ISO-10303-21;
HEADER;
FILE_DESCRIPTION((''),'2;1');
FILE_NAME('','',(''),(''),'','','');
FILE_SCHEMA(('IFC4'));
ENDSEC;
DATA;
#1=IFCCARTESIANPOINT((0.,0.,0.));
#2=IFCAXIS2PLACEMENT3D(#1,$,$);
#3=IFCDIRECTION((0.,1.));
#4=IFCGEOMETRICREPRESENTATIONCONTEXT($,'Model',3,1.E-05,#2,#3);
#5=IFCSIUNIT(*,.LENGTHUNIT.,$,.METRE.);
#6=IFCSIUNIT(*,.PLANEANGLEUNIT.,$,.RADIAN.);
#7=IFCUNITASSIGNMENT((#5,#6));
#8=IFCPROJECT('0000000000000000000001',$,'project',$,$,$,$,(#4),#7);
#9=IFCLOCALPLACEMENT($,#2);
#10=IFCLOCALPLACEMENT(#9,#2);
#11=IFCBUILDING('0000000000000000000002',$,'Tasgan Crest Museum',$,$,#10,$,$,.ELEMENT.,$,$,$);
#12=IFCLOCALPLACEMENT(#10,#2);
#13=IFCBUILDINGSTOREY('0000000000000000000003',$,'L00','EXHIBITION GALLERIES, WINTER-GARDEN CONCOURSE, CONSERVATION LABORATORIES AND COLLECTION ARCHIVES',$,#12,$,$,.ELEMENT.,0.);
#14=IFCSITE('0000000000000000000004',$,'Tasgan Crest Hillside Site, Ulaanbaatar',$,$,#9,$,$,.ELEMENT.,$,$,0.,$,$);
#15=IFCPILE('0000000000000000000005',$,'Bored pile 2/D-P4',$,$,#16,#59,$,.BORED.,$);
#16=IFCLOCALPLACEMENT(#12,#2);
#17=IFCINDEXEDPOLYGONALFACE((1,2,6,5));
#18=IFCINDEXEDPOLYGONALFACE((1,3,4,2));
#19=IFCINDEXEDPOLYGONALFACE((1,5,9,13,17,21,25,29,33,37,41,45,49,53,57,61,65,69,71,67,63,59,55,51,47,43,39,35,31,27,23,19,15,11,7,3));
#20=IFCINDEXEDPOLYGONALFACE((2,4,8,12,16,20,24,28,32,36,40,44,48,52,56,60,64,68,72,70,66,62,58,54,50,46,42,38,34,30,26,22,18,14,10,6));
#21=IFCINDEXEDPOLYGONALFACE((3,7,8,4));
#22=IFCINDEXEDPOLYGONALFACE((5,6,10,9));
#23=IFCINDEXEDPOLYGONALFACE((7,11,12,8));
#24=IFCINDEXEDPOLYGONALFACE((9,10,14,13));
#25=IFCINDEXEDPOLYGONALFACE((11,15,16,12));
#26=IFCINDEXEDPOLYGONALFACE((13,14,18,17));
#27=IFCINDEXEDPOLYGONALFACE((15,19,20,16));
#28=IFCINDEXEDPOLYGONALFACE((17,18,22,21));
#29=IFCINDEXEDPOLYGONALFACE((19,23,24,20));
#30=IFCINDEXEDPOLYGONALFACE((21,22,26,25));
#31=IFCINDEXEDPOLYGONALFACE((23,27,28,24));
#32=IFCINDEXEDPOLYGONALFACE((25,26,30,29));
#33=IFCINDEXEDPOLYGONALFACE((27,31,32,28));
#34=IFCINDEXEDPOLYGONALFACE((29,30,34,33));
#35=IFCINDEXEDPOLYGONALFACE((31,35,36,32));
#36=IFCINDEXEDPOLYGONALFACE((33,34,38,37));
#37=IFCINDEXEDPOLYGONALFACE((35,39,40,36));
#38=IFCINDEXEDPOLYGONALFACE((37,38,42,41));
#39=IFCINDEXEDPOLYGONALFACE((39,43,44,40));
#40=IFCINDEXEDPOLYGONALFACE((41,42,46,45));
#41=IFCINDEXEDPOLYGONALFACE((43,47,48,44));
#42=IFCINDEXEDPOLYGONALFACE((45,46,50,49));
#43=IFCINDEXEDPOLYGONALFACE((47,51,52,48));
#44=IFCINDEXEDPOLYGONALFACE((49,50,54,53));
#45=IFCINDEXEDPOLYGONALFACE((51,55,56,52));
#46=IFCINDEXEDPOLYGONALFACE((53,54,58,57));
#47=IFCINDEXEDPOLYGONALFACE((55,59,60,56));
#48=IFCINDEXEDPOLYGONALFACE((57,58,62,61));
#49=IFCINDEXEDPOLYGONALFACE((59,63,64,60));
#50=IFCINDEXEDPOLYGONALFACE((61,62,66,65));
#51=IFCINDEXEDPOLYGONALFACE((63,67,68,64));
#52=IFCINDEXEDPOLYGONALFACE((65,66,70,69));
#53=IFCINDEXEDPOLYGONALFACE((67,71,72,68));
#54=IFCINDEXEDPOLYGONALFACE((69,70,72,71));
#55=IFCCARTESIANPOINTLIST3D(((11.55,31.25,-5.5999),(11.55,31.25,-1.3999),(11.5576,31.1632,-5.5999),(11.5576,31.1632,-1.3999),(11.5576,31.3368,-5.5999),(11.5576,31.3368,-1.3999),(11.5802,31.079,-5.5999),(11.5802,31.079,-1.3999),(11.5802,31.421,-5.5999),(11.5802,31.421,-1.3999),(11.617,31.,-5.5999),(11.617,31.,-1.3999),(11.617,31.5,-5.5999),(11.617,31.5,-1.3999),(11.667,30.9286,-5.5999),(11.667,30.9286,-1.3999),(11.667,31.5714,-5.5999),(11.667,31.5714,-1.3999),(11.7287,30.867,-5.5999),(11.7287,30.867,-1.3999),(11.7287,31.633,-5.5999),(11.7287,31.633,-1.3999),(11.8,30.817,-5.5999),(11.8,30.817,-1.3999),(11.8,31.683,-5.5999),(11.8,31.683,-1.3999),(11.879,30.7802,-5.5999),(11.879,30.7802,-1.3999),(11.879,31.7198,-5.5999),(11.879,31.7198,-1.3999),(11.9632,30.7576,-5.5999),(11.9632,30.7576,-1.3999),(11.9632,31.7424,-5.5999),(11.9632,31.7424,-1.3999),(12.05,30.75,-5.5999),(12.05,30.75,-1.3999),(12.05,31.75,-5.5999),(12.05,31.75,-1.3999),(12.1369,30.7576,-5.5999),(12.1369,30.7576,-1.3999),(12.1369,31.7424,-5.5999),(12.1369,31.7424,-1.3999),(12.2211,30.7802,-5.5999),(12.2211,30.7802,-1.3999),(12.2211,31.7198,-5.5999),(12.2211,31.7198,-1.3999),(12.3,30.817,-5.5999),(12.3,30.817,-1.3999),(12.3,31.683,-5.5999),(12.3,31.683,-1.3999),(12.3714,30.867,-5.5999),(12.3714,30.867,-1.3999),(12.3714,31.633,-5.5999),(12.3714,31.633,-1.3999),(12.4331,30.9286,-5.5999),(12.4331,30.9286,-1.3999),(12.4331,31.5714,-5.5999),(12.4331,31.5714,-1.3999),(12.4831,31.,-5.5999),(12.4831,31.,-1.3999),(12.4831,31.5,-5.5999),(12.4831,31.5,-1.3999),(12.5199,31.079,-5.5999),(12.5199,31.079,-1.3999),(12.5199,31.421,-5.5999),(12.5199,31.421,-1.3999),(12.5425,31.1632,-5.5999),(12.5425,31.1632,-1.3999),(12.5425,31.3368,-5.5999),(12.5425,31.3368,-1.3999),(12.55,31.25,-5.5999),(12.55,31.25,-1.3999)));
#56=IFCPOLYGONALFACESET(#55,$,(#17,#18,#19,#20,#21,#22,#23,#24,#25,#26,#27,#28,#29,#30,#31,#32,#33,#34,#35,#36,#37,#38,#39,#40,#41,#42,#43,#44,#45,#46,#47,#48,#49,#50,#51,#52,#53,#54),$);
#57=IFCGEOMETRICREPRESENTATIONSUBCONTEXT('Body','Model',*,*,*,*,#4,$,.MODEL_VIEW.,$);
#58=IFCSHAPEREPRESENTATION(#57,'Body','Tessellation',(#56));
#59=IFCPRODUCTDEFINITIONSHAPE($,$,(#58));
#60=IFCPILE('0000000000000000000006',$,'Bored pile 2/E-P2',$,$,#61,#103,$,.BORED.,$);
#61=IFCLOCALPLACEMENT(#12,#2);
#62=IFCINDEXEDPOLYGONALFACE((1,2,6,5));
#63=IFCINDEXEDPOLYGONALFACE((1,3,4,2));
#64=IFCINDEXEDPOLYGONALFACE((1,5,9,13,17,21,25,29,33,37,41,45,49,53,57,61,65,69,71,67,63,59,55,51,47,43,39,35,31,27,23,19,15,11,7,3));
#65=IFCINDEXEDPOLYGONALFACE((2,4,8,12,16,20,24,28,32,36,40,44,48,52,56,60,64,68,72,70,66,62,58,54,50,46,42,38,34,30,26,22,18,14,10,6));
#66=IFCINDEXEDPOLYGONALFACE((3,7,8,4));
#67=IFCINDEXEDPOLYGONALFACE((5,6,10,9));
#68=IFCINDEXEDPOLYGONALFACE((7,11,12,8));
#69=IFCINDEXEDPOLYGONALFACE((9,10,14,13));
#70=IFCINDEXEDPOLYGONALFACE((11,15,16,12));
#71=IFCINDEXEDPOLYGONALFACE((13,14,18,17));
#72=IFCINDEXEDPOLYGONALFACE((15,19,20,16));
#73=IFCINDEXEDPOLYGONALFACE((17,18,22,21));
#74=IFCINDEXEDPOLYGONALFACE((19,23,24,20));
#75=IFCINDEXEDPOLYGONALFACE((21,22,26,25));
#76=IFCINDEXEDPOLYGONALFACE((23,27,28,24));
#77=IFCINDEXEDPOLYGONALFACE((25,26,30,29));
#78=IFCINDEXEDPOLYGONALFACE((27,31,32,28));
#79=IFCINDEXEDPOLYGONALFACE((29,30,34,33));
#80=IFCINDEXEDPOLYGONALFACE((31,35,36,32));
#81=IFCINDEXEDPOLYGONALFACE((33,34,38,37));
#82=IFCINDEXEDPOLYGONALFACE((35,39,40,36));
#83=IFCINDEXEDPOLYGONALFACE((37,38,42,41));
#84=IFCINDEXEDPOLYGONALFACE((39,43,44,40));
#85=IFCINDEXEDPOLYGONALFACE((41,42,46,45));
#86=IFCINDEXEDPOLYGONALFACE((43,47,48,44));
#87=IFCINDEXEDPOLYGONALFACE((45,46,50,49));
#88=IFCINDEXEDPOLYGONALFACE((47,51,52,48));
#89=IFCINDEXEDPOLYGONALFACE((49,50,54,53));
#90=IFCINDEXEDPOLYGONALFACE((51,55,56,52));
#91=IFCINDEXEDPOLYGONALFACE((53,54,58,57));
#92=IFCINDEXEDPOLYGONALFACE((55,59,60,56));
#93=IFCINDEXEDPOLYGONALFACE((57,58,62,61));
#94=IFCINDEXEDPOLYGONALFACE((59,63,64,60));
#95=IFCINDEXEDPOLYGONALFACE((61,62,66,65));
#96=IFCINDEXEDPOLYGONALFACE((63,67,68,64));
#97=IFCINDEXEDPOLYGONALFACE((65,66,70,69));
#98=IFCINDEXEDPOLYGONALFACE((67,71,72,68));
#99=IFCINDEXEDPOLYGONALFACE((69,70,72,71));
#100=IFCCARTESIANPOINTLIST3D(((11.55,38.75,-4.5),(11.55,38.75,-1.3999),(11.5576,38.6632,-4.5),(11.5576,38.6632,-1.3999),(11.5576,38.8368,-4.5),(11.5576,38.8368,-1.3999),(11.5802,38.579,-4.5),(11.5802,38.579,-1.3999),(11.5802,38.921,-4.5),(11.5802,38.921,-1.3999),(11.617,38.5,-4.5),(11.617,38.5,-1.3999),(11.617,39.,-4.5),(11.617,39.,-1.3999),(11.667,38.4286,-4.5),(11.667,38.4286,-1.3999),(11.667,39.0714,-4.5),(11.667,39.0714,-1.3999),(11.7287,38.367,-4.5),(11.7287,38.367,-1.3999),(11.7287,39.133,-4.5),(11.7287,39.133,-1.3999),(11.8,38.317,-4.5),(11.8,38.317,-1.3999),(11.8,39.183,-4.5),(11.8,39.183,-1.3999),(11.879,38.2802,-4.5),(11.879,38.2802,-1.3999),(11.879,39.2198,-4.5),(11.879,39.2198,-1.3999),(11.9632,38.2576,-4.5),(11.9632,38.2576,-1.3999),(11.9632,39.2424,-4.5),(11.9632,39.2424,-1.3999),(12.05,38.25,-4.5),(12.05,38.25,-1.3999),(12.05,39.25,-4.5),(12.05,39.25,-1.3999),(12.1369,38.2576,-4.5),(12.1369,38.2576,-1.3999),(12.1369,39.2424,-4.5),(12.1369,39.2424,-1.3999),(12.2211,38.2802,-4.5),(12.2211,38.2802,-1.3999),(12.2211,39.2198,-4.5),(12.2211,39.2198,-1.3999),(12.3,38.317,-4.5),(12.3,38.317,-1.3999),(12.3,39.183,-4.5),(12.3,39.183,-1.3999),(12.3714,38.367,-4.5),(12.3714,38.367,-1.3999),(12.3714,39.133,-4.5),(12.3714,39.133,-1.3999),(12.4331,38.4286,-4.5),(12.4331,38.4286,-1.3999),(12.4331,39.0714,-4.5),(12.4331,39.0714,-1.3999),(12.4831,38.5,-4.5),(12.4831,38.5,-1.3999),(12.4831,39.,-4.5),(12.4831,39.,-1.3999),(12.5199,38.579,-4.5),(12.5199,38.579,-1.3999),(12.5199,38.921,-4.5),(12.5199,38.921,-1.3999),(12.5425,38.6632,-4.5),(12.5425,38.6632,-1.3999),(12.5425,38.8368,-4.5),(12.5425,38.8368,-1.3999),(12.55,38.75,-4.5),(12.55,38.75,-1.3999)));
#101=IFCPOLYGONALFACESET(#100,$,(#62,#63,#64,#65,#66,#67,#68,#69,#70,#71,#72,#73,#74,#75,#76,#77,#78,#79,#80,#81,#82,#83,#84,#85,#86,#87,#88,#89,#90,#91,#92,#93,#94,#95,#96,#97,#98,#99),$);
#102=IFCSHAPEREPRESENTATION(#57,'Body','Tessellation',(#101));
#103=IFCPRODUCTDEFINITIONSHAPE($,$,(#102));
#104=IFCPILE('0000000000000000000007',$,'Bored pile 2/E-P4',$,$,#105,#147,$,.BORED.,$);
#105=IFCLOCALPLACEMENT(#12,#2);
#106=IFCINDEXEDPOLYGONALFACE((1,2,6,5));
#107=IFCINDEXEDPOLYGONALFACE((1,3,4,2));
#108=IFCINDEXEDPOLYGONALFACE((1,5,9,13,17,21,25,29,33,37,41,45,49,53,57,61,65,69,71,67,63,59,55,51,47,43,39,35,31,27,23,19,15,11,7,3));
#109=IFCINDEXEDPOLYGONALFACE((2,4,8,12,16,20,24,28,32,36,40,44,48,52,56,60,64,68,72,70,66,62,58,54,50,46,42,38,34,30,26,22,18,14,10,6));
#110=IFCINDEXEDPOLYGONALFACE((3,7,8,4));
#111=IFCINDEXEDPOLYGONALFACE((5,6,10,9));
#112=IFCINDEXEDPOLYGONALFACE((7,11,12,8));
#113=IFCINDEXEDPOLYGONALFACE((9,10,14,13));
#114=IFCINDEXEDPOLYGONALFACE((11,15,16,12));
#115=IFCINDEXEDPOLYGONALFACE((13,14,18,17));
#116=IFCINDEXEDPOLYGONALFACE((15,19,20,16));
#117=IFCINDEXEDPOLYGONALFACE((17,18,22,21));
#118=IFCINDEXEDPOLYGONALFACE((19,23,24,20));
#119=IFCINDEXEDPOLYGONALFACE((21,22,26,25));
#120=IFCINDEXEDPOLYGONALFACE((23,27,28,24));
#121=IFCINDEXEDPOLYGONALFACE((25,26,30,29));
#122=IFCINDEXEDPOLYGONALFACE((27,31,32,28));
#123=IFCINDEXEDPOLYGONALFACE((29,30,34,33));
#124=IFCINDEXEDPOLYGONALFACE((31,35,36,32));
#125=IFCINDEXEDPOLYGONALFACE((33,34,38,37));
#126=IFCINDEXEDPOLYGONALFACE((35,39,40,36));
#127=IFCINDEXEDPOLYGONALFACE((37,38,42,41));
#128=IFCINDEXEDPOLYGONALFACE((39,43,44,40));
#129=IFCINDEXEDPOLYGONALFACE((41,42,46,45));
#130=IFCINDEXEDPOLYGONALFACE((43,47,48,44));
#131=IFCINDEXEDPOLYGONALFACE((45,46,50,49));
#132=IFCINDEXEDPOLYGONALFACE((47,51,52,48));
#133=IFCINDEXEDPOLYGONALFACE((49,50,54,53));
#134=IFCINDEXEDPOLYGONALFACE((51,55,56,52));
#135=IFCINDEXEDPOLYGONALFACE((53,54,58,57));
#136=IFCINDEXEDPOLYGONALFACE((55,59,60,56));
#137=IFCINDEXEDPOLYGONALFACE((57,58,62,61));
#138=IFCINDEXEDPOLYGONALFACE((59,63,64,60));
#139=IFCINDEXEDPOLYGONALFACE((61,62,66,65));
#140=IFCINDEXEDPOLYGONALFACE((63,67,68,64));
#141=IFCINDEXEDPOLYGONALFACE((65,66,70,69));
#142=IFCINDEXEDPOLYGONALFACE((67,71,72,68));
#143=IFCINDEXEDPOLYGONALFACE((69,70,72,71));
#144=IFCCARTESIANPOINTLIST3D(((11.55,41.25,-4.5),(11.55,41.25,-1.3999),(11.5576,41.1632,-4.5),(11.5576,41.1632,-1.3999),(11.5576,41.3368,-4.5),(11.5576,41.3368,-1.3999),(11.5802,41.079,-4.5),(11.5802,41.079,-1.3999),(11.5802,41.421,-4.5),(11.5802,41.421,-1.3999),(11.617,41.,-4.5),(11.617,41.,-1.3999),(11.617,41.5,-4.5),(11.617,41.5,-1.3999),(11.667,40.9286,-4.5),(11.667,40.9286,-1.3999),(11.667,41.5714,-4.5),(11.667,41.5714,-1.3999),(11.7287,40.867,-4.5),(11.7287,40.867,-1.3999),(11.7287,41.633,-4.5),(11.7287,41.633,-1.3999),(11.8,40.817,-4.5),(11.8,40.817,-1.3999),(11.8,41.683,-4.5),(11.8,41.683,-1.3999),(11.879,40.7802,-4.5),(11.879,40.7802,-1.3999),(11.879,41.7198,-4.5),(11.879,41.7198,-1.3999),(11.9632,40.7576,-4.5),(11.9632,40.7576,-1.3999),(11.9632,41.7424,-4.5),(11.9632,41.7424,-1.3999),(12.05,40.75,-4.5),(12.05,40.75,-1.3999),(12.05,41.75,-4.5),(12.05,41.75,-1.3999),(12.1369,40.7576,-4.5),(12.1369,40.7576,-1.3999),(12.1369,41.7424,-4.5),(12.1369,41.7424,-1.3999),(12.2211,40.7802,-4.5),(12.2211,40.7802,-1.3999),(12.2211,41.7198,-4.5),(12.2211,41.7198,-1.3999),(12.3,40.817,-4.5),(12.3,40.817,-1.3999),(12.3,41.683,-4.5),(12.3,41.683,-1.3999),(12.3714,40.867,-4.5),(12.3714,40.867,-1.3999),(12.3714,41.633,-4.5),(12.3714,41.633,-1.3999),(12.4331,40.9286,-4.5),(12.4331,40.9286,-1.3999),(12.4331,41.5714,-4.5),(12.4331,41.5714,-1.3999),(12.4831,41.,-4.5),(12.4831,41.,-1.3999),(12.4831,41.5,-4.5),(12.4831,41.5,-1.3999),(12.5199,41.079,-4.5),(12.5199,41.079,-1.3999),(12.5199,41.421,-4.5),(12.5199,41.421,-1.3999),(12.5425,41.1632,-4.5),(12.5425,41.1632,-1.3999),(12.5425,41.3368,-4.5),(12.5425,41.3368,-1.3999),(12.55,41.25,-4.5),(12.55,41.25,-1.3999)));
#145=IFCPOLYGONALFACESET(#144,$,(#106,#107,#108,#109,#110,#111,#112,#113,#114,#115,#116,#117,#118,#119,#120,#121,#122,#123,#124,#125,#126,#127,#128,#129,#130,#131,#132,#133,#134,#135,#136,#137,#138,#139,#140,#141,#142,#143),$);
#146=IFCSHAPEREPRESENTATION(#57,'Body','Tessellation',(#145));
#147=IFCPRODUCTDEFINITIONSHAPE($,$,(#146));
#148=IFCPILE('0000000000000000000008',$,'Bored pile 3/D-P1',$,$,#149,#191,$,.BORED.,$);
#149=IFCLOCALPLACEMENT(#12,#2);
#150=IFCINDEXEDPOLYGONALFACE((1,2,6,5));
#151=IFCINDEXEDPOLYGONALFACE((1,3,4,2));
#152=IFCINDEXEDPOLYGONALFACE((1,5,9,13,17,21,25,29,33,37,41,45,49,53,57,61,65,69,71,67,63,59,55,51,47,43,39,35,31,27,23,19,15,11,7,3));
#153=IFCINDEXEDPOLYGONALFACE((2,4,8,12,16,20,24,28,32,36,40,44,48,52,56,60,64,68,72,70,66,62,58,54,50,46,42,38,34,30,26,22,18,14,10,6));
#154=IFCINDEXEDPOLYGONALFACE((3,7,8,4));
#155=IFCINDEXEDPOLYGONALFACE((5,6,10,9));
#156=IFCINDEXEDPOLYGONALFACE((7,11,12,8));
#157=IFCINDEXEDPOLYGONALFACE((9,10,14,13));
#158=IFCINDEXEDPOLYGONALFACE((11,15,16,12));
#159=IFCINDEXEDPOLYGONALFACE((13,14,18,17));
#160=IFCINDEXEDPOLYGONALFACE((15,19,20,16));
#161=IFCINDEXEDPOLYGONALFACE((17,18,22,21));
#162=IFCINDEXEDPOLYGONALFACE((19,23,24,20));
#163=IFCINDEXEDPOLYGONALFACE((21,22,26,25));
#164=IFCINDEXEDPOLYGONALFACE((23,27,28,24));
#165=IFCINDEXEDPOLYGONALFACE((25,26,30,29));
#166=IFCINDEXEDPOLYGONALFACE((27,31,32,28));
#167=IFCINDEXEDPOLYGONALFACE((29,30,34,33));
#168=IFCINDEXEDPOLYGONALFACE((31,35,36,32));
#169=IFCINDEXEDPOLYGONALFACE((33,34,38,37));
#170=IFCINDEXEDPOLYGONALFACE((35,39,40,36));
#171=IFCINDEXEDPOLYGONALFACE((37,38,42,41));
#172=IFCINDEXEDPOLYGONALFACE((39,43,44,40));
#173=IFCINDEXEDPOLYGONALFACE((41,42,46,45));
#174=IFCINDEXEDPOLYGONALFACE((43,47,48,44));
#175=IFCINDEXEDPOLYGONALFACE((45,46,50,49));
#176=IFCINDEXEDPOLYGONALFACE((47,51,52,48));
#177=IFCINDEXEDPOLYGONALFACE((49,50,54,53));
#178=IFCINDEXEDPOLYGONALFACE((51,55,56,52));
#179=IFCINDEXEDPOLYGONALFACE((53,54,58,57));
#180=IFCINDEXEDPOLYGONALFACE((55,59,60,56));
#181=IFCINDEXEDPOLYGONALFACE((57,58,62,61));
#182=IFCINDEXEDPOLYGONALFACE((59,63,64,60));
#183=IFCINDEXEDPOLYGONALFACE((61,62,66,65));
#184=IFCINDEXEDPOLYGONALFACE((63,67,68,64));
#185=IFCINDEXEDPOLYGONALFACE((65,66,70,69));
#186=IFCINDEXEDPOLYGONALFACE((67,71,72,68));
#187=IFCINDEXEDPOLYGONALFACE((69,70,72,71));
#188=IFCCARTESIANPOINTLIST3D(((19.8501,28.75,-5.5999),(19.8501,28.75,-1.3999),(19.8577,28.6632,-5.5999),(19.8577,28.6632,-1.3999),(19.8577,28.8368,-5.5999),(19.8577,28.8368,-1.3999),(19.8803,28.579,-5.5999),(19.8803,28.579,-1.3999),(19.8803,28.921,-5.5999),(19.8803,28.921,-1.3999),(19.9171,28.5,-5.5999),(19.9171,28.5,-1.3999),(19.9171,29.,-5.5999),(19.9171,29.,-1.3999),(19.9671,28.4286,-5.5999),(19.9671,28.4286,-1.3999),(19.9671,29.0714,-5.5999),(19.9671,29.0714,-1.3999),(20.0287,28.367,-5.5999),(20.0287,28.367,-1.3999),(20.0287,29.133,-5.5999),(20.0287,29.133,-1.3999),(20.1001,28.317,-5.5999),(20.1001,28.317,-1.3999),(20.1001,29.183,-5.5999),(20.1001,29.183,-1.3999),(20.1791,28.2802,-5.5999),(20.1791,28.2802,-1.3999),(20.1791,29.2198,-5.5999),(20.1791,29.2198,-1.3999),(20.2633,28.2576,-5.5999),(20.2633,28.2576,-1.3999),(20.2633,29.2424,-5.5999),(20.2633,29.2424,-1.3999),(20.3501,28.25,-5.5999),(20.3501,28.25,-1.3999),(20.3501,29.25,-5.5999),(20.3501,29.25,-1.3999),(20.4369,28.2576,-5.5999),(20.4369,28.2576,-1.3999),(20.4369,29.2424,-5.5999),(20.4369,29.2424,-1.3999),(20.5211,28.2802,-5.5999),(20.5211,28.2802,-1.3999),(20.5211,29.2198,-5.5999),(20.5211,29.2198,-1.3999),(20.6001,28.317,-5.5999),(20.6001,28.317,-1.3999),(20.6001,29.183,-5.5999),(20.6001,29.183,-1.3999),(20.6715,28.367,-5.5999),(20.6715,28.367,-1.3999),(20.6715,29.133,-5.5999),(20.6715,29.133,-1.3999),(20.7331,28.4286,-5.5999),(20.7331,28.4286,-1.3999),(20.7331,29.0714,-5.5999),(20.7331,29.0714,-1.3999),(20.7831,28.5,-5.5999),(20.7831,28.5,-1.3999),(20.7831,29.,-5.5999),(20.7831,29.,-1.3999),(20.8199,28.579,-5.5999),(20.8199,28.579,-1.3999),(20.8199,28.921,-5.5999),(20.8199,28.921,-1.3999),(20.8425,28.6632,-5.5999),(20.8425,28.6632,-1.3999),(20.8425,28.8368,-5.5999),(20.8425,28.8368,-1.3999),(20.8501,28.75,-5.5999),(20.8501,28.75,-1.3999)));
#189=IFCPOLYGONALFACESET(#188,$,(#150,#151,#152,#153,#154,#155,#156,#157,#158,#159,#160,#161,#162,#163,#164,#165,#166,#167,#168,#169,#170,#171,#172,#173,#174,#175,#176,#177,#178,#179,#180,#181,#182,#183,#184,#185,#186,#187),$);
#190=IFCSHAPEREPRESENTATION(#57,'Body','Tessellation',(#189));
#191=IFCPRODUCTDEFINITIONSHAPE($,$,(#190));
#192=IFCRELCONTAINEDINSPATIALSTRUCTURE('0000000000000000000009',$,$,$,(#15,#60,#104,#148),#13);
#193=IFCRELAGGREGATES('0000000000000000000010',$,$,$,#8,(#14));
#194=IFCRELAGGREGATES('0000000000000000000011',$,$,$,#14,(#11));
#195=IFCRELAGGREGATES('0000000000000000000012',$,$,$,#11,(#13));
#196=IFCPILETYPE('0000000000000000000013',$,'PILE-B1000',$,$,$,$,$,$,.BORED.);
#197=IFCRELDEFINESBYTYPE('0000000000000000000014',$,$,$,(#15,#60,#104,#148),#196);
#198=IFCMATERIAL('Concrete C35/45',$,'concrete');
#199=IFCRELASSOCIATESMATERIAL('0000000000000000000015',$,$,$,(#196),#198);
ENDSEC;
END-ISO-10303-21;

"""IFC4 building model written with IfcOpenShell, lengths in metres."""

from ifc_helpers import new_model, si_unit, direction, frame, origin, origin_2d, place, context, subcontext, project, spatial, circle, extrude, material, material_profile, profile_set, type_object, element, save


model = new_model("IFC4")

# Units and contexts
model_context = context("Model", 3, precision=1e-05, world=origin(), true_north=direction((0.0, 1.0)))
body_context = subcontext(model_context, "Body", "Model", "MODEL_VIEW")
ifc_project = project(units=[si_unit("LENGTHUNIT", "METRE"), si_unit("PLANEANGLEUNIT", "RADIAN")], contexts=[model_context])

# Site, building, storey
site_placement = place(None, origin())
site = spatial("IfcSite", under=ifc_project, at=site_placement, Name="Tasgan Crest Hillside Site, Ulaanbaatar", CompositionType="ELEMENT", RefElevation=0.0)
building_placement = place(site_placement, origin())
building = spatial("IfcBuilding", under=site, at=building_placement, Name="Tasgan Crest Museum", CompositionType="ELEMENT")
storey_placement = place(building_placement, origin())
storey = spatial("IfcBuildingStorey", under=building, at=storey_placement, Name="L00", Description="EXHIBITION GALLERIES, WINTER-GARDEN CONCOURSE, CONSERVATION LABORATORIES AND COLLECTION ARCHIVES", CompositionType="ELEMENT", Elevation=0.0)

# Piles
ifc_material_1 = material(Name="Concrete C35/45", Category="concrete")
ifc_material_profile_1 = material_profile(ifc_material_1, circle(Radius=0.5, at=origin_2d()), Name="PILE D1000")
ifc_profile_set_1 = profile_set([ifc_material_profile_1], Name="Concrete C35/45")
pile_type = type_object("IfcPileType", Name="PILE-B1000", PredefinedType="BORED", material=ifc_profile_set_1)
for number, where, z_axis, x_axis, name in (
    (1, (12.05, 31.25, -1.3999), (0.0, 0.0, -1.0), (1.0, 0.0, 0.0), "Bored pile 2/D-P4"),
):
    element("IfcPile", number, at=place(storey_placement, frame(where, z_axis=z_axis, x_axis=x_axis)), inside=storey, type_object=pile_type, Name=name, PredefinedType="BORED", context=body_context, shape_type="SweptSolid", body=[
        extrude(circle(Radius=0.5, at=origin_2d()), origin(), (0.0, 0.0, 1.0), 4.2),
    ])
for number, where, z_axis, x_axis, name in (
    (2, (12.05, 38.75, -1.3999), (0.0, 0.0, -1.0), (1.0, 0.0, 0.0), "Bored pile 2/E-P2"),
    (3, (12.05, 41.25, -1.3999), (0.0, 0.0, -1.0), (1.0, 0.0, 0.0), "Bored pile 2/E-P4"),
):
    element("IfcPile", number, at=place(storey_placement, frame(where, z_axis=z_axis, x_axis=x_axis)), inside=storey, type_object=pile_type, Name=name, PredefinedType="BORED", context=body_context, shape_type="SweptSolid", body=[
        extrude(circle(Radius=0.5, at=origin_2d()), origin(), (0.0, 0.0, 1.0), 3.1001),
    ])
for number, where, z_axis, x_axis, name in (
    (4, (20.3501, 28.75, -1.3999), (0.0, 0.0, -1.0), (1.0, 0.0, 0.0), "Bored pile 3/D-P1"),
):
    element("IfcPile", number, at=place(storey_placement, frame(where, z_axis=z_axis, x_axis=x_axis)), inside=storey, type_object=pile_type, Name=name, PredefinedType="BORED", context=body_context, shape_type="SweptSolid", body=[
        extrude(circle(Radius=0.5, at=origin_2d()), origin(), (0.0, 0.0, 1.0), 4.2),
    ])

save(model, "model.ifc")
